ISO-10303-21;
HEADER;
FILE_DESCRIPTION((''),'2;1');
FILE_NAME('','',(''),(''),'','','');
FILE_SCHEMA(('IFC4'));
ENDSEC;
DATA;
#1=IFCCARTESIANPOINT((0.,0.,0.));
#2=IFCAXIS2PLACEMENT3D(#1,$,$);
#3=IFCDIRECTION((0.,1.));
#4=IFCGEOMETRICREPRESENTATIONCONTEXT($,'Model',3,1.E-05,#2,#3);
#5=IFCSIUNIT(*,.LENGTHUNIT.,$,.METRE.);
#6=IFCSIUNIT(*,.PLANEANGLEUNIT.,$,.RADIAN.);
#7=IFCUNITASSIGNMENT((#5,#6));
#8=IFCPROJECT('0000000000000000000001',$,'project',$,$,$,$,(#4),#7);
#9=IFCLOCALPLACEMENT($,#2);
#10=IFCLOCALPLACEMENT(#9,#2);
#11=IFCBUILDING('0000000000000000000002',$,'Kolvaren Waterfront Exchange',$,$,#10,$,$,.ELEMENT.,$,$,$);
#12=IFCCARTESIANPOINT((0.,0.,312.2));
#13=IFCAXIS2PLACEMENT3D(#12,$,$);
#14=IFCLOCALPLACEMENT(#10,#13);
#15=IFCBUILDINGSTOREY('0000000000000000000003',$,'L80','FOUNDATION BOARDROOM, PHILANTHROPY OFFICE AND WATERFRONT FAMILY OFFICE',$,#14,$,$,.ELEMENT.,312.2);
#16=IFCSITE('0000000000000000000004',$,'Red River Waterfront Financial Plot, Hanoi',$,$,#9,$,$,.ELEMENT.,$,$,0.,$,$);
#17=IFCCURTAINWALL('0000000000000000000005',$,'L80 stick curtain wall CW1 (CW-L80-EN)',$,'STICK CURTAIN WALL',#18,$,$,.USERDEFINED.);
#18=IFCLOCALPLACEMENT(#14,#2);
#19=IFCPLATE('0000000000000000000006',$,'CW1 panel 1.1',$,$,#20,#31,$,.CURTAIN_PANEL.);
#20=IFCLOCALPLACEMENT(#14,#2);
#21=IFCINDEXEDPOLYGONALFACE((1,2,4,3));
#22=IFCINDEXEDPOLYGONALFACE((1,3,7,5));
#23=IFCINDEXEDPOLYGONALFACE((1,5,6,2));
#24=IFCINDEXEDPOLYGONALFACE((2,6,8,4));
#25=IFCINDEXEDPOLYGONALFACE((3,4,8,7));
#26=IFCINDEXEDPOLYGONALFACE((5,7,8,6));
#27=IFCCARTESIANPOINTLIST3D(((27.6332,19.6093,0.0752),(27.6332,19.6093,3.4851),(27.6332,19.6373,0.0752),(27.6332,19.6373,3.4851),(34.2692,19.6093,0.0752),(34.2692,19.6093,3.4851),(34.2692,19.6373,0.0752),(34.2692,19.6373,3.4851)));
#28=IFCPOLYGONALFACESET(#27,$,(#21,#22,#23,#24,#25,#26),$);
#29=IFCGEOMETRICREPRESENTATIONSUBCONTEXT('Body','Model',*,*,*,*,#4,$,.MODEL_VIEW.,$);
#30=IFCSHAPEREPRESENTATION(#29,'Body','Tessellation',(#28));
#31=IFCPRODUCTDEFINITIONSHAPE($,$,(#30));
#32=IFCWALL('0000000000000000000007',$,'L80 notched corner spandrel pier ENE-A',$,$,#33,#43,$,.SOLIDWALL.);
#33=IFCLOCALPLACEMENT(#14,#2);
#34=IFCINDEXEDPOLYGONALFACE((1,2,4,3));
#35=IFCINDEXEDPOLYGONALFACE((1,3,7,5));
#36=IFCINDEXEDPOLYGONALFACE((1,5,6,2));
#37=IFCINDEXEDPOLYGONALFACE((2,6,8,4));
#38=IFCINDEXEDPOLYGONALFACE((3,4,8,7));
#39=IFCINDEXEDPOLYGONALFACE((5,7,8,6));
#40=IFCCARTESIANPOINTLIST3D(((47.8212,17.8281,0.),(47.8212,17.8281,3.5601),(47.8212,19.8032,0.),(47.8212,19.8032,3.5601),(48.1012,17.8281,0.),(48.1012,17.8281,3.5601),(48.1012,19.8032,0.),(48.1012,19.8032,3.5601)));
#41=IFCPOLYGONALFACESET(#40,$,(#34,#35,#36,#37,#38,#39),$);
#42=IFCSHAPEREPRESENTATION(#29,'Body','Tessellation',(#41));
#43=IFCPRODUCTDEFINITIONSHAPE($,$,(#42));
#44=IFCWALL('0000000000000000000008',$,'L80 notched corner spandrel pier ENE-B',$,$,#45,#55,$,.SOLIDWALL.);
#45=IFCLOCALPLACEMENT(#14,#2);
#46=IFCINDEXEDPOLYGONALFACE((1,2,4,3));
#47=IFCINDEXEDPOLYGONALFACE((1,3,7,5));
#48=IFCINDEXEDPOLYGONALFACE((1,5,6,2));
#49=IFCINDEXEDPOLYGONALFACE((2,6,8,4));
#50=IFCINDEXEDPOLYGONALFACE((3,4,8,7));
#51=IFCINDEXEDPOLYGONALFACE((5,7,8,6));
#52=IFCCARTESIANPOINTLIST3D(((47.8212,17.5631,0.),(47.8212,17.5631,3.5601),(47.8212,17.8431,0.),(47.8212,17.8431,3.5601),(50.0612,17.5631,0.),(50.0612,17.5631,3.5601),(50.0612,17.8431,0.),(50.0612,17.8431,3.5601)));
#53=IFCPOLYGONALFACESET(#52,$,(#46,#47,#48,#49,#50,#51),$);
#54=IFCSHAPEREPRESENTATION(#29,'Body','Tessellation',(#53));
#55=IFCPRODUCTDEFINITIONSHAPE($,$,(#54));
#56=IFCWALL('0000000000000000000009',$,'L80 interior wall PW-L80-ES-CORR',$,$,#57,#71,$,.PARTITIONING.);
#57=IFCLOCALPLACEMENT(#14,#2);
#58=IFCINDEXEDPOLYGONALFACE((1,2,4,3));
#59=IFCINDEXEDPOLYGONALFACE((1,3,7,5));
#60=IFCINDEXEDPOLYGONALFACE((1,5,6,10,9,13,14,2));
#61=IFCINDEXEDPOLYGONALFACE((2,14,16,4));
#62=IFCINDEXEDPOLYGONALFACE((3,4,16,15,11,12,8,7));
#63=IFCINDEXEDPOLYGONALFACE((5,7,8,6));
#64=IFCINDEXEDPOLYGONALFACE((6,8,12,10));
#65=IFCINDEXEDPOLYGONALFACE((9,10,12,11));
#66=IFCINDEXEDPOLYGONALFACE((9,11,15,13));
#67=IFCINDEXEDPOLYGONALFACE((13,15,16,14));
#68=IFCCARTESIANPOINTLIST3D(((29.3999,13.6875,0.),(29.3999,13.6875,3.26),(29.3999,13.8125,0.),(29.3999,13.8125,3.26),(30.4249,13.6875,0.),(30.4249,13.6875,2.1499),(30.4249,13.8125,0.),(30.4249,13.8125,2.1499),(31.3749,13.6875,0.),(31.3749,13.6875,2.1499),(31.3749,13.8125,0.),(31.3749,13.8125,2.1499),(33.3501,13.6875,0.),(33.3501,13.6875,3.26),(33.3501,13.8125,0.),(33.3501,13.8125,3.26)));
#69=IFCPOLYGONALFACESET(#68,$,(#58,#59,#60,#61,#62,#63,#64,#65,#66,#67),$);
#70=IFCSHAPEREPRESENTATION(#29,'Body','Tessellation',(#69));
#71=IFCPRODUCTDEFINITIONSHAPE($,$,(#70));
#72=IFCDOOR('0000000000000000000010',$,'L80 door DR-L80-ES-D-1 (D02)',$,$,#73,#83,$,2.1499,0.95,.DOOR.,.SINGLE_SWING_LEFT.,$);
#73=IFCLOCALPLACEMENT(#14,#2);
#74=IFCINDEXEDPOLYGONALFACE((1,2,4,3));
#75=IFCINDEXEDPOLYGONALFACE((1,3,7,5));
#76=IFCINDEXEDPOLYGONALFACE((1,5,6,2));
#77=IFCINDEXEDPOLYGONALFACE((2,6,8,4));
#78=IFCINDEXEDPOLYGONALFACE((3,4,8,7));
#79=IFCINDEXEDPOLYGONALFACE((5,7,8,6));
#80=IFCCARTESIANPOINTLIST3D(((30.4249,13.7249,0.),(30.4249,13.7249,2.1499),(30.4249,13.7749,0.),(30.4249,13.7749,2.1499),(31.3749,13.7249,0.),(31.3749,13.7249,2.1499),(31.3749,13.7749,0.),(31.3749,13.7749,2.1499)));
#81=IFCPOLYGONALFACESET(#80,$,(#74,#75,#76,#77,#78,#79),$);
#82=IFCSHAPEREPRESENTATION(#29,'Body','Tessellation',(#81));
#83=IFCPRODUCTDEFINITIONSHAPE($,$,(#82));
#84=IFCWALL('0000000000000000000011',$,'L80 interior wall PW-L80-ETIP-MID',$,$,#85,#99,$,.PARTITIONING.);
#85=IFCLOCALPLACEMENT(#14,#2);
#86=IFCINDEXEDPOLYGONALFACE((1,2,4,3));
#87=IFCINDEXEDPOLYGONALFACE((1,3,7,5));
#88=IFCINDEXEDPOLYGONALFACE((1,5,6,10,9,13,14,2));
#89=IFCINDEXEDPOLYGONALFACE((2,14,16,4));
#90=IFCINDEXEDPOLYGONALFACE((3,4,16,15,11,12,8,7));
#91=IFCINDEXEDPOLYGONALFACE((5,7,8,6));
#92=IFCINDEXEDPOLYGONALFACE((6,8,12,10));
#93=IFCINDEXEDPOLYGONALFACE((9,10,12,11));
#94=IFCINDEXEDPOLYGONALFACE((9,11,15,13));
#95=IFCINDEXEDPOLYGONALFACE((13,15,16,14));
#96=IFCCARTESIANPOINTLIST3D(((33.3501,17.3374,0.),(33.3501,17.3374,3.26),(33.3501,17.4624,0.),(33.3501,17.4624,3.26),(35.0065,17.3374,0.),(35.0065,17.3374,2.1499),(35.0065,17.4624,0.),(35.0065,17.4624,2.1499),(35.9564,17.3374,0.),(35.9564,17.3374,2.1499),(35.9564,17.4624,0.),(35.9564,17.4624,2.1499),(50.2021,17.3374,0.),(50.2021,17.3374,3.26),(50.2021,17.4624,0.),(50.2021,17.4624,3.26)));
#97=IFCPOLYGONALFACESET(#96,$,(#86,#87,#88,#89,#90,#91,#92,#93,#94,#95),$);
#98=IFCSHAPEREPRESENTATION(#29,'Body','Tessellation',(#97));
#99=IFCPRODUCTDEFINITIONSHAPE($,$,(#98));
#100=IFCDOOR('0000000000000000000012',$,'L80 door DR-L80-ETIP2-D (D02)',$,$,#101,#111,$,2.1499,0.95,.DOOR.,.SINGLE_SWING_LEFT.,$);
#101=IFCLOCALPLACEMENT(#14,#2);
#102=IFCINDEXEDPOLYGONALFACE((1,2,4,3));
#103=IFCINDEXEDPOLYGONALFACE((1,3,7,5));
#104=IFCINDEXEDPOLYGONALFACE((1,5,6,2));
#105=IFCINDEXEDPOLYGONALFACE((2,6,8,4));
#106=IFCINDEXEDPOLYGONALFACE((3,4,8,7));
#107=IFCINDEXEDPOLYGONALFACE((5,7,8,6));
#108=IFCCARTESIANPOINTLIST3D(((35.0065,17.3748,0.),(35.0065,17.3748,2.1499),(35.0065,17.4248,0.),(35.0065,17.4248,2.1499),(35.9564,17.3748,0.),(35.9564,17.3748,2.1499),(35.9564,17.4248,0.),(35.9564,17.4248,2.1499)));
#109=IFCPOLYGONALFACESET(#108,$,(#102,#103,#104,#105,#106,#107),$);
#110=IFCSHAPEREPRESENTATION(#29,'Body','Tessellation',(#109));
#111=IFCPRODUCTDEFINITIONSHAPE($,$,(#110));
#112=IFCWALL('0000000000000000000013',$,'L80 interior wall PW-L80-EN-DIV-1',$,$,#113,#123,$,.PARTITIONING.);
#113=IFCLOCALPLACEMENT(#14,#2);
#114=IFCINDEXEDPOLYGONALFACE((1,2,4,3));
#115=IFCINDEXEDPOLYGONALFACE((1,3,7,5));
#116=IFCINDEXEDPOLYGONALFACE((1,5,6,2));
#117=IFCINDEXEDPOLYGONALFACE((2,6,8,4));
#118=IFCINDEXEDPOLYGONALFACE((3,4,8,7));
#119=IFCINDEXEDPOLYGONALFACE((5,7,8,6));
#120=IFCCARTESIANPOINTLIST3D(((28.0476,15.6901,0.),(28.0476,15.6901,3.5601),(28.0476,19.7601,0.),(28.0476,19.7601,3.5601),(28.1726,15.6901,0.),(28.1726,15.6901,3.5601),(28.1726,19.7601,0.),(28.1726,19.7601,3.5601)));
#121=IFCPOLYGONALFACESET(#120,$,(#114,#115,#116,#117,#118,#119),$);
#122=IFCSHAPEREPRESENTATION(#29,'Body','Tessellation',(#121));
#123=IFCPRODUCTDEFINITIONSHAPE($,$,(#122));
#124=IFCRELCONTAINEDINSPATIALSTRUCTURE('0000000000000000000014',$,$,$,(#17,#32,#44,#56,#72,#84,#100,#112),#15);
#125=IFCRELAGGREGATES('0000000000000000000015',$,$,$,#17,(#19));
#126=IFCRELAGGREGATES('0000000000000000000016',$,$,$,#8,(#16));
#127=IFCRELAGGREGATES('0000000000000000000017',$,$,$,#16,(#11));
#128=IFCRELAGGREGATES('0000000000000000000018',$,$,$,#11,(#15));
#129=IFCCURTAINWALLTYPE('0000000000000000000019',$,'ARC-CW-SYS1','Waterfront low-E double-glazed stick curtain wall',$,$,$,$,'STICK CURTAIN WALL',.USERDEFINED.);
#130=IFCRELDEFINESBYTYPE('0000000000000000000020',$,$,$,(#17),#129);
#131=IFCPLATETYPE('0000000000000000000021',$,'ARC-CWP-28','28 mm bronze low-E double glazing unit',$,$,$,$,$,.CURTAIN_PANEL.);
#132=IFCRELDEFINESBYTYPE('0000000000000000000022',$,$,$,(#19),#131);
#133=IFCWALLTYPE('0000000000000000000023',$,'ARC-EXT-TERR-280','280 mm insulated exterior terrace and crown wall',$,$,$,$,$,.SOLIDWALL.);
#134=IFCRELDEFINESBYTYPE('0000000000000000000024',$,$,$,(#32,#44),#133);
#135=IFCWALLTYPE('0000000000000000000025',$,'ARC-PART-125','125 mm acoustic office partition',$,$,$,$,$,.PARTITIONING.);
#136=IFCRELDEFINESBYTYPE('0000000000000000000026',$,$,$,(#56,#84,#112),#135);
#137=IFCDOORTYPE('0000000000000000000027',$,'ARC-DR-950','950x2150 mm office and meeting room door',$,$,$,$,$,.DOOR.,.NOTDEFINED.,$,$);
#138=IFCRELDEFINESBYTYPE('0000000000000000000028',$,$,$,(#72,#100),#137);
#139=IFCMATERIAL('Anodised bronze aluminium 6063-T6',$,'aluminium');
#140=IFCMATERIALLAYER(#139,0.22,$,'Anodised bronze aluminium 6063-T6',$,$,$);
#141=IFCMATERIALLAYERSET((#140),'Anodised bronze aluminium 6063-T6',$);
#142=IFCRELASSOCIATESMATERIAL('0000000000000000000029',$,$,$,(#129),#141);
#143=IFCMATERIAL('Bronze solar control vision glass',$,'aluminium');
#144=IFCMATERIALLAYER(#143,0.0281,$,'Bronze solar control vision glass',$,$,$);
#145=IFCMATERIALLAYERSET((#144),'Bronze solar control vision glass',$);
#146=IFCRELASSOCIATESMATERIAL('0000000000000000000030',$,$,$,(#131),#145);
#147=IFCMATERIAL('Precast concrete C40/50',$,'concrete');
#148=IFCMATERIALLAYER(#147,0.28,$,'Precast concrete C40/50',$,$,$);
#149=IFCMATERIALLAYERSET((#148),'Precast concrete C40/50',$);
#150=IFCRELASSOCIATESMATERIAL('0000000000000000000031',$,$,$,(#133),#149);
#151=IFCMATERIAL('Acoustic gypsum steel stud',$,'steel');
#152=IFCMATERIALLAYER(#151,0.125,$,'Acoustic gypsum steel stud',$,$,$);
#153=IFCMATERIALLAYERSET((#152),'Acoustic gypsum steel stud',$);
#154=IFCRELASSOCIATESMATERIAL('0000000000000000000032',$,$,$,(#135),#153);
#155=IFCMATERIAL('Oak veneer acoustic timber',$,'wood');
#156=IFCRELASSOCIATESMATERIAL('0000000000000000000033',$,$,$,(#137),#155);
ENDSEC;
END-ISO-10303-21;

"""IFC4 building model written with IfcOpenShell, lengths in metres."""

from ifc_helpers import new_model, si_unit, direction, frame, frame_2d, origin, origin_with_axes, origin_2d, place, context, subcontext, project, spatial, rectangle, extrude, source, transform, mapped, material, layer, layer_set, type_object, element, fill, aggregate, save


model = new_model("IFC4")

# Units and contexts
model_context = context("Model", 3, precision=1e-05, world=origin(), true_north=direction((0.0, 1.0)))
body_context = subcontext(model_context, "Body", "Model", "MODEL_VIEW")
ifc_project = project(units=[si_unit("LENGTHUNIT", "METRE"), si_unit("PLANEANGLEUNIT", "RADIAN")], contexts=[model_context])

# Site, building, storey
site_placement = place(None, origin())
site = spatial("IfcSite", under=ifc_project, at=site_placement, Name="Red River Waterfront Financial Plot, Hanoi", CompositionType="ELEMENT", RefElevation=0.0)
building_placement = place(site_placement, origin())
building = spatial("IfcBuilding", under=site, at=building_placement, Name="Kolvaren Waterfront Exchange", CompositionType="ELEMENT")
storey_placement = place(building_placement, frame((0.0, 0.0, 312.2)))
storey = spatial("IfcBuildingStorey", under=building, at=storey_placement, Name="L80", Description="FOUNDATION BOARDROOM, PHILANTHROPY OFFICE AND WATERFRONT FAMILY OFFICE", CompositionType="ELEMENT", Elevation=312.2)

# Curtain wall, plate
ifc_material_1 = material(Name="Anodised bronze aluminium 6063-T6", Category="aluminium")
ifc_layer_1 = layer(ifc_material_1, 0.22, Name="Anodised bronze aluminium 6063-T6")
ifc_layer_set_1 = layer_set([ifc_layer_1], Name="Anodised bronze aluminium 6063-T6")
curtain_wall_type = type_object("IfcCurtainWallType", Name="ARC-CW-SYS1", Description="Waterfront low-E double-glazed stick curtain wall", ElementType="STICK CURTAIN WALL", PredefinedType="USERDEFINED", material=ifc_layer_set_1)
curtain_wall_placement = place(storey_placement, origin())
curtain_wall = element("IfcCurtainWall", 1, at=curtain_wall_placement, inside=storey, type_object=curtain_wall_type, Name="L80 stick curtain wall CW1 (CW-L80-EN)", ObjectType="STICK CURTAIN WALL", PredefinedType="USERDEFINED")
ifc_material_2 = material(Name="Bronze solar control vision glass", Category="aluminium")
ifc_layer_2 = layer(ifc_material_2, 0.0281, Name="Bronze solar control vision glass")
ifc_layer_set_2 = layer_set([ifc_layer_2], Name="Bronze solar control vision glass")
plate_type = type_object("IfcPlateType", Name="ARC-CWP-28", Description="28 mm bronze low-E double glazing unit", PredefinedType="CURTAIN_PANEL", material=ifc_layer_set_2)
shared_shape_1 = source(origin_with_axes(), body_context, "Body", "SweptSolid", [
    extrude(rectangle(XDim=6.636, YDim=0.0281, at=origin_2d()), origin(), (0.0, 0.0, 1.0), 3.4099),
])
plate_placement = place(storey_placement, frame((30.9512, 19.6233, 0.0752), z_axis=(0.0, 0.0, 1.0), x_axis=(1.0, 0.0, 0.0)))
plate = element("IfcPlate", 2, at=plate_placement, type_object=plate_type, Name="CW1 panel 1.1", PredefinedType="CURTAIN_PANEL", context=body_context, shape_type="MappedRepresentation", body=[
    mapped(shared_shape_1, transform((0.0, 0.0, 0.0), x_axis=(1.0, 0.0, 0.0), y_axis=(0.0, 1.0, 0.0), z_axis=(0.0, 0.0, 1.0), scale=1.0)),
])
aggregate(curtain_wall, [plate])

# Walls
ifc_material_3 = material(Name="Precast concrete C40/50", Category="concrete")
ifc_layer_3 = layer(ifc_material_3, 0.28, Name="Precast concrete C40/50")
ifc_layer_set_3 = layer_set([ifc_layer_3], Name="Precast concrete C40/50")
wall_type_1 = type_object("IfcWallType", Name="ARC-EXT-TERR-280", Description="280 mm insulated exterior terrace and crown wall", PredefinedType="SOLIDWALL", material=ifc_layer_set_3)
wall_1_placement = place(storey_placement, frame((47.9612, 17.8281, 0.0), z_axis=(0.0, 0.0, 1.0), x_axis=(0.0, 1.0, 0.0)))
element("IfcWall", 3, at=wall_1_placement, inside=storey, type_object=wall_type_1, Name="L80 notched corner spandrel pier ENE-A", PredefinedType="SOLIDWALL", context=body_context, shape_type="SweptSolid", body=[
    extrude(rectangle(XDim=1.9751, YDim=0.28, at=frame_2d((0.9875, 0.0))), origin(), (0.0, 0.0, 1.0), 3.5601),
])
wall_2_placement = place(storey_placement, frame((47.821, 17.7031, 0.0), z_axis=(0.0, 0.0, 1.0), x_axis=(1.0, 0.0, 0.0)))
element("IfcWall", 4, at=wall_2_placement, inside=storey, type_object=wall_type_1, Name="L80 notched corner spandrel pier ENE-B", PredefinedType="SOLIDWALL", context=body_context, shape_type="SweptSolid", body=[
    extrude(rectangle(XDim=2.24, YDim=0.28, at=frame_2d((1.1201, 0.0))), origin(), (0.0, 0.0, 1.0), 3.5601),
])

# Walls, openings, doors
ifc_material_4 = material(Name="Acoustic gypsum steel stud", Category="steel")
ifc_layer_4 = layer(ifc_material_4, 0.125, Name="Acoustic gypsum steel stud")
ifc_layer_set_4 = layer_set([ifc_layer_4], Name="Acoustic gypsum steel stud")
wall_type_2 = type_object("IfcWallType", Name="ARC-PART-125", Description="125 mm acoustic office partition", PredefinedType="PARTITIONING", material=ifc_layer_set_4)
wall_3_placement = place(storey_placement, frame((29.3999, 13.75, 0.0), z_axis=(0.0, 0.0, 1.0), x_axis=(1.0, 0.0, 0.0)))
wall_3 = element("IfcWall", 5, at=wall_3_placement, inside=storey, type_object=wall_type_2, Name="L80 interior wall PW-L80-ES-CORR", PredefinedType="PARTITIONING", context=body_context, shape_type="SweptSolid", body=[
    extrude(rectangle(XDim=3.9502, YDim=0.125, at=frame_2d((1.9751, 0.0))), origin(), (0.0, 0.0, 1.0), 3.26),
])
opening_1_placement = place(wall_3_placement, frame((1.0249, 0.0, 0.0)))
opening_1 = element("IfcOpeningElement", 6, at=opening_1_placement, cuts=wall_3, PredefinedType="OPENING", context=body_context, shape_type="SweptSolid", body=[
    extrude(rectangle(XDim=0.95, YDim=2.1499, at=frame_2d((0.4751, 1.075))), frame((0.0, 0.0725, 0.0), z_axis=(0.0, -1.0, 0.0), x_axis=(1.0, 0.0, 0.0)), (0.0, 0.0, 1.0), 0.145),
])
ifc_material_5 = material(Name="Oak veneer acoustic timber", Category="wood")
door_type = type_object("IfcDoorType", Name="ARC-DR-950", Description="950x2150 mm office and meeting room door", OperationType="NOTDEFINED", PredefinedType="DOOR", material=ifc_material_5)
door_1_placement = place(opening_1_placement, origin())
door_1 = element("IfcDoor", 7, at=door_1_placement, inside=storey, type_object=door_type, Name="L80 door DR-L80-ES-D-1 (D02)", OperationType="SINGLE_SWING_LEFT", OverallHeight=2.1499, OverallWidth=0.95, PredefinedType="DOOR", context=body_context, shape_type="SweptSolid", body=[
    extrude(rectangle(XDim=0.95, YDim=2.1499, at=frame_2d((0.4751, 1.075))), frame((0.0, 0.0249, 0.0), z_axis=(0.0, -1.0, 0.0), x_axis=(1.0, 0.0, 0.0)), (0.0, 0.0, 1.0), 0.05),
])
fill(opening_1, door_1)
wall_4_placement = place(storey_placement, frame((33.3501, 17.3999, 0.0), z_axis=(0.0, 0.0, 1.0), x_axis=(1.0, 0.0, 0.0)))
wall_4 = element("IfcWall", 8, at=wall_4_placement, inside=storey, type_object=wall_type_2, Name="L80 interior wall PW-L80-ETIP-MID", PredefinedType="PARTITIONING", context=body_context, shape_type="SweptSolid", body=[
    extrude(rectangle(XDim=16.8521, YDim=0.125, at=frame_2d((8.426, 0.0))), origin(), (0.0, 0.0, 1.0), 3.26),
])
opening_2_placement = place(wall_4_placement, frame((1.6562, 0.0, 0.0)))
opening_2 = element("IfcOpeningElement", 9, at=opening_2_placement, cuts=wall_4, PredefinedType="OPENING", context=body_context, shape_type="SweptSolid", body=[
    extrude(rectangle(XDim=0.95, YDim=2.1499, at=frame_2d((0.4751, 1.075))), frame((0.0, 0.0725, 0.0), z_axis=(0.0, -1.0, 0.0), x_axis=(1.0, 0.0, 0.0)), (0.0, 0.0, 1.0), 0.145),
])
door_2_placement = place(opening_2_placement, origin())
door_2 = element("IfcDoor", 10, at=door_2_placement, inside=storey, type_object=door_type, Name="L80 door DR-L80-ETIP2-D (D02)", OperationType="SINGLE_SWING_LEFT", OverallHeight=2.1499, OverallWidth=0.95, PredefinedType="DOOR", context=body_context, shape_type="SweptSolid", body=[
    extrude(rectangle(XDim=0.95, YDim=2.1499, at=frame_2d((0.4751, 1.075))), frame((0.0, 0.0249, 0.0), z_axis=(0.0, -1.0, 0.0), x_axis=(1.0, 0.0, 0.0)), (0.0, 0.0, 1.0), 0.05),
])
fill(opening_2, door_2)

# Wall
wall_5_placement = place(storey_placement, frame((28.1101, 15.6899, 0.0), z_axis=(0.0, 0.0, 1.0), x_axis=(0.0, 1.0, 0.0)))
element("IfcWall", 11, at=wall_5_placement, inside=storey, type_object=wall_type_2, Name="L80 interior wall PW-L80-EN-DIV-1", PredefinedType="PARTITIONING", context=body_context, shape_type="SweptSolid", body=[
    extrude(rectangle(XDim=4.0701, YDim=0.125, at=frame_2d((2.0352, 0.0))), origin(), (0.0, 0.0, 1.0), 3.5601),
])

save(model, "model.ifc")
